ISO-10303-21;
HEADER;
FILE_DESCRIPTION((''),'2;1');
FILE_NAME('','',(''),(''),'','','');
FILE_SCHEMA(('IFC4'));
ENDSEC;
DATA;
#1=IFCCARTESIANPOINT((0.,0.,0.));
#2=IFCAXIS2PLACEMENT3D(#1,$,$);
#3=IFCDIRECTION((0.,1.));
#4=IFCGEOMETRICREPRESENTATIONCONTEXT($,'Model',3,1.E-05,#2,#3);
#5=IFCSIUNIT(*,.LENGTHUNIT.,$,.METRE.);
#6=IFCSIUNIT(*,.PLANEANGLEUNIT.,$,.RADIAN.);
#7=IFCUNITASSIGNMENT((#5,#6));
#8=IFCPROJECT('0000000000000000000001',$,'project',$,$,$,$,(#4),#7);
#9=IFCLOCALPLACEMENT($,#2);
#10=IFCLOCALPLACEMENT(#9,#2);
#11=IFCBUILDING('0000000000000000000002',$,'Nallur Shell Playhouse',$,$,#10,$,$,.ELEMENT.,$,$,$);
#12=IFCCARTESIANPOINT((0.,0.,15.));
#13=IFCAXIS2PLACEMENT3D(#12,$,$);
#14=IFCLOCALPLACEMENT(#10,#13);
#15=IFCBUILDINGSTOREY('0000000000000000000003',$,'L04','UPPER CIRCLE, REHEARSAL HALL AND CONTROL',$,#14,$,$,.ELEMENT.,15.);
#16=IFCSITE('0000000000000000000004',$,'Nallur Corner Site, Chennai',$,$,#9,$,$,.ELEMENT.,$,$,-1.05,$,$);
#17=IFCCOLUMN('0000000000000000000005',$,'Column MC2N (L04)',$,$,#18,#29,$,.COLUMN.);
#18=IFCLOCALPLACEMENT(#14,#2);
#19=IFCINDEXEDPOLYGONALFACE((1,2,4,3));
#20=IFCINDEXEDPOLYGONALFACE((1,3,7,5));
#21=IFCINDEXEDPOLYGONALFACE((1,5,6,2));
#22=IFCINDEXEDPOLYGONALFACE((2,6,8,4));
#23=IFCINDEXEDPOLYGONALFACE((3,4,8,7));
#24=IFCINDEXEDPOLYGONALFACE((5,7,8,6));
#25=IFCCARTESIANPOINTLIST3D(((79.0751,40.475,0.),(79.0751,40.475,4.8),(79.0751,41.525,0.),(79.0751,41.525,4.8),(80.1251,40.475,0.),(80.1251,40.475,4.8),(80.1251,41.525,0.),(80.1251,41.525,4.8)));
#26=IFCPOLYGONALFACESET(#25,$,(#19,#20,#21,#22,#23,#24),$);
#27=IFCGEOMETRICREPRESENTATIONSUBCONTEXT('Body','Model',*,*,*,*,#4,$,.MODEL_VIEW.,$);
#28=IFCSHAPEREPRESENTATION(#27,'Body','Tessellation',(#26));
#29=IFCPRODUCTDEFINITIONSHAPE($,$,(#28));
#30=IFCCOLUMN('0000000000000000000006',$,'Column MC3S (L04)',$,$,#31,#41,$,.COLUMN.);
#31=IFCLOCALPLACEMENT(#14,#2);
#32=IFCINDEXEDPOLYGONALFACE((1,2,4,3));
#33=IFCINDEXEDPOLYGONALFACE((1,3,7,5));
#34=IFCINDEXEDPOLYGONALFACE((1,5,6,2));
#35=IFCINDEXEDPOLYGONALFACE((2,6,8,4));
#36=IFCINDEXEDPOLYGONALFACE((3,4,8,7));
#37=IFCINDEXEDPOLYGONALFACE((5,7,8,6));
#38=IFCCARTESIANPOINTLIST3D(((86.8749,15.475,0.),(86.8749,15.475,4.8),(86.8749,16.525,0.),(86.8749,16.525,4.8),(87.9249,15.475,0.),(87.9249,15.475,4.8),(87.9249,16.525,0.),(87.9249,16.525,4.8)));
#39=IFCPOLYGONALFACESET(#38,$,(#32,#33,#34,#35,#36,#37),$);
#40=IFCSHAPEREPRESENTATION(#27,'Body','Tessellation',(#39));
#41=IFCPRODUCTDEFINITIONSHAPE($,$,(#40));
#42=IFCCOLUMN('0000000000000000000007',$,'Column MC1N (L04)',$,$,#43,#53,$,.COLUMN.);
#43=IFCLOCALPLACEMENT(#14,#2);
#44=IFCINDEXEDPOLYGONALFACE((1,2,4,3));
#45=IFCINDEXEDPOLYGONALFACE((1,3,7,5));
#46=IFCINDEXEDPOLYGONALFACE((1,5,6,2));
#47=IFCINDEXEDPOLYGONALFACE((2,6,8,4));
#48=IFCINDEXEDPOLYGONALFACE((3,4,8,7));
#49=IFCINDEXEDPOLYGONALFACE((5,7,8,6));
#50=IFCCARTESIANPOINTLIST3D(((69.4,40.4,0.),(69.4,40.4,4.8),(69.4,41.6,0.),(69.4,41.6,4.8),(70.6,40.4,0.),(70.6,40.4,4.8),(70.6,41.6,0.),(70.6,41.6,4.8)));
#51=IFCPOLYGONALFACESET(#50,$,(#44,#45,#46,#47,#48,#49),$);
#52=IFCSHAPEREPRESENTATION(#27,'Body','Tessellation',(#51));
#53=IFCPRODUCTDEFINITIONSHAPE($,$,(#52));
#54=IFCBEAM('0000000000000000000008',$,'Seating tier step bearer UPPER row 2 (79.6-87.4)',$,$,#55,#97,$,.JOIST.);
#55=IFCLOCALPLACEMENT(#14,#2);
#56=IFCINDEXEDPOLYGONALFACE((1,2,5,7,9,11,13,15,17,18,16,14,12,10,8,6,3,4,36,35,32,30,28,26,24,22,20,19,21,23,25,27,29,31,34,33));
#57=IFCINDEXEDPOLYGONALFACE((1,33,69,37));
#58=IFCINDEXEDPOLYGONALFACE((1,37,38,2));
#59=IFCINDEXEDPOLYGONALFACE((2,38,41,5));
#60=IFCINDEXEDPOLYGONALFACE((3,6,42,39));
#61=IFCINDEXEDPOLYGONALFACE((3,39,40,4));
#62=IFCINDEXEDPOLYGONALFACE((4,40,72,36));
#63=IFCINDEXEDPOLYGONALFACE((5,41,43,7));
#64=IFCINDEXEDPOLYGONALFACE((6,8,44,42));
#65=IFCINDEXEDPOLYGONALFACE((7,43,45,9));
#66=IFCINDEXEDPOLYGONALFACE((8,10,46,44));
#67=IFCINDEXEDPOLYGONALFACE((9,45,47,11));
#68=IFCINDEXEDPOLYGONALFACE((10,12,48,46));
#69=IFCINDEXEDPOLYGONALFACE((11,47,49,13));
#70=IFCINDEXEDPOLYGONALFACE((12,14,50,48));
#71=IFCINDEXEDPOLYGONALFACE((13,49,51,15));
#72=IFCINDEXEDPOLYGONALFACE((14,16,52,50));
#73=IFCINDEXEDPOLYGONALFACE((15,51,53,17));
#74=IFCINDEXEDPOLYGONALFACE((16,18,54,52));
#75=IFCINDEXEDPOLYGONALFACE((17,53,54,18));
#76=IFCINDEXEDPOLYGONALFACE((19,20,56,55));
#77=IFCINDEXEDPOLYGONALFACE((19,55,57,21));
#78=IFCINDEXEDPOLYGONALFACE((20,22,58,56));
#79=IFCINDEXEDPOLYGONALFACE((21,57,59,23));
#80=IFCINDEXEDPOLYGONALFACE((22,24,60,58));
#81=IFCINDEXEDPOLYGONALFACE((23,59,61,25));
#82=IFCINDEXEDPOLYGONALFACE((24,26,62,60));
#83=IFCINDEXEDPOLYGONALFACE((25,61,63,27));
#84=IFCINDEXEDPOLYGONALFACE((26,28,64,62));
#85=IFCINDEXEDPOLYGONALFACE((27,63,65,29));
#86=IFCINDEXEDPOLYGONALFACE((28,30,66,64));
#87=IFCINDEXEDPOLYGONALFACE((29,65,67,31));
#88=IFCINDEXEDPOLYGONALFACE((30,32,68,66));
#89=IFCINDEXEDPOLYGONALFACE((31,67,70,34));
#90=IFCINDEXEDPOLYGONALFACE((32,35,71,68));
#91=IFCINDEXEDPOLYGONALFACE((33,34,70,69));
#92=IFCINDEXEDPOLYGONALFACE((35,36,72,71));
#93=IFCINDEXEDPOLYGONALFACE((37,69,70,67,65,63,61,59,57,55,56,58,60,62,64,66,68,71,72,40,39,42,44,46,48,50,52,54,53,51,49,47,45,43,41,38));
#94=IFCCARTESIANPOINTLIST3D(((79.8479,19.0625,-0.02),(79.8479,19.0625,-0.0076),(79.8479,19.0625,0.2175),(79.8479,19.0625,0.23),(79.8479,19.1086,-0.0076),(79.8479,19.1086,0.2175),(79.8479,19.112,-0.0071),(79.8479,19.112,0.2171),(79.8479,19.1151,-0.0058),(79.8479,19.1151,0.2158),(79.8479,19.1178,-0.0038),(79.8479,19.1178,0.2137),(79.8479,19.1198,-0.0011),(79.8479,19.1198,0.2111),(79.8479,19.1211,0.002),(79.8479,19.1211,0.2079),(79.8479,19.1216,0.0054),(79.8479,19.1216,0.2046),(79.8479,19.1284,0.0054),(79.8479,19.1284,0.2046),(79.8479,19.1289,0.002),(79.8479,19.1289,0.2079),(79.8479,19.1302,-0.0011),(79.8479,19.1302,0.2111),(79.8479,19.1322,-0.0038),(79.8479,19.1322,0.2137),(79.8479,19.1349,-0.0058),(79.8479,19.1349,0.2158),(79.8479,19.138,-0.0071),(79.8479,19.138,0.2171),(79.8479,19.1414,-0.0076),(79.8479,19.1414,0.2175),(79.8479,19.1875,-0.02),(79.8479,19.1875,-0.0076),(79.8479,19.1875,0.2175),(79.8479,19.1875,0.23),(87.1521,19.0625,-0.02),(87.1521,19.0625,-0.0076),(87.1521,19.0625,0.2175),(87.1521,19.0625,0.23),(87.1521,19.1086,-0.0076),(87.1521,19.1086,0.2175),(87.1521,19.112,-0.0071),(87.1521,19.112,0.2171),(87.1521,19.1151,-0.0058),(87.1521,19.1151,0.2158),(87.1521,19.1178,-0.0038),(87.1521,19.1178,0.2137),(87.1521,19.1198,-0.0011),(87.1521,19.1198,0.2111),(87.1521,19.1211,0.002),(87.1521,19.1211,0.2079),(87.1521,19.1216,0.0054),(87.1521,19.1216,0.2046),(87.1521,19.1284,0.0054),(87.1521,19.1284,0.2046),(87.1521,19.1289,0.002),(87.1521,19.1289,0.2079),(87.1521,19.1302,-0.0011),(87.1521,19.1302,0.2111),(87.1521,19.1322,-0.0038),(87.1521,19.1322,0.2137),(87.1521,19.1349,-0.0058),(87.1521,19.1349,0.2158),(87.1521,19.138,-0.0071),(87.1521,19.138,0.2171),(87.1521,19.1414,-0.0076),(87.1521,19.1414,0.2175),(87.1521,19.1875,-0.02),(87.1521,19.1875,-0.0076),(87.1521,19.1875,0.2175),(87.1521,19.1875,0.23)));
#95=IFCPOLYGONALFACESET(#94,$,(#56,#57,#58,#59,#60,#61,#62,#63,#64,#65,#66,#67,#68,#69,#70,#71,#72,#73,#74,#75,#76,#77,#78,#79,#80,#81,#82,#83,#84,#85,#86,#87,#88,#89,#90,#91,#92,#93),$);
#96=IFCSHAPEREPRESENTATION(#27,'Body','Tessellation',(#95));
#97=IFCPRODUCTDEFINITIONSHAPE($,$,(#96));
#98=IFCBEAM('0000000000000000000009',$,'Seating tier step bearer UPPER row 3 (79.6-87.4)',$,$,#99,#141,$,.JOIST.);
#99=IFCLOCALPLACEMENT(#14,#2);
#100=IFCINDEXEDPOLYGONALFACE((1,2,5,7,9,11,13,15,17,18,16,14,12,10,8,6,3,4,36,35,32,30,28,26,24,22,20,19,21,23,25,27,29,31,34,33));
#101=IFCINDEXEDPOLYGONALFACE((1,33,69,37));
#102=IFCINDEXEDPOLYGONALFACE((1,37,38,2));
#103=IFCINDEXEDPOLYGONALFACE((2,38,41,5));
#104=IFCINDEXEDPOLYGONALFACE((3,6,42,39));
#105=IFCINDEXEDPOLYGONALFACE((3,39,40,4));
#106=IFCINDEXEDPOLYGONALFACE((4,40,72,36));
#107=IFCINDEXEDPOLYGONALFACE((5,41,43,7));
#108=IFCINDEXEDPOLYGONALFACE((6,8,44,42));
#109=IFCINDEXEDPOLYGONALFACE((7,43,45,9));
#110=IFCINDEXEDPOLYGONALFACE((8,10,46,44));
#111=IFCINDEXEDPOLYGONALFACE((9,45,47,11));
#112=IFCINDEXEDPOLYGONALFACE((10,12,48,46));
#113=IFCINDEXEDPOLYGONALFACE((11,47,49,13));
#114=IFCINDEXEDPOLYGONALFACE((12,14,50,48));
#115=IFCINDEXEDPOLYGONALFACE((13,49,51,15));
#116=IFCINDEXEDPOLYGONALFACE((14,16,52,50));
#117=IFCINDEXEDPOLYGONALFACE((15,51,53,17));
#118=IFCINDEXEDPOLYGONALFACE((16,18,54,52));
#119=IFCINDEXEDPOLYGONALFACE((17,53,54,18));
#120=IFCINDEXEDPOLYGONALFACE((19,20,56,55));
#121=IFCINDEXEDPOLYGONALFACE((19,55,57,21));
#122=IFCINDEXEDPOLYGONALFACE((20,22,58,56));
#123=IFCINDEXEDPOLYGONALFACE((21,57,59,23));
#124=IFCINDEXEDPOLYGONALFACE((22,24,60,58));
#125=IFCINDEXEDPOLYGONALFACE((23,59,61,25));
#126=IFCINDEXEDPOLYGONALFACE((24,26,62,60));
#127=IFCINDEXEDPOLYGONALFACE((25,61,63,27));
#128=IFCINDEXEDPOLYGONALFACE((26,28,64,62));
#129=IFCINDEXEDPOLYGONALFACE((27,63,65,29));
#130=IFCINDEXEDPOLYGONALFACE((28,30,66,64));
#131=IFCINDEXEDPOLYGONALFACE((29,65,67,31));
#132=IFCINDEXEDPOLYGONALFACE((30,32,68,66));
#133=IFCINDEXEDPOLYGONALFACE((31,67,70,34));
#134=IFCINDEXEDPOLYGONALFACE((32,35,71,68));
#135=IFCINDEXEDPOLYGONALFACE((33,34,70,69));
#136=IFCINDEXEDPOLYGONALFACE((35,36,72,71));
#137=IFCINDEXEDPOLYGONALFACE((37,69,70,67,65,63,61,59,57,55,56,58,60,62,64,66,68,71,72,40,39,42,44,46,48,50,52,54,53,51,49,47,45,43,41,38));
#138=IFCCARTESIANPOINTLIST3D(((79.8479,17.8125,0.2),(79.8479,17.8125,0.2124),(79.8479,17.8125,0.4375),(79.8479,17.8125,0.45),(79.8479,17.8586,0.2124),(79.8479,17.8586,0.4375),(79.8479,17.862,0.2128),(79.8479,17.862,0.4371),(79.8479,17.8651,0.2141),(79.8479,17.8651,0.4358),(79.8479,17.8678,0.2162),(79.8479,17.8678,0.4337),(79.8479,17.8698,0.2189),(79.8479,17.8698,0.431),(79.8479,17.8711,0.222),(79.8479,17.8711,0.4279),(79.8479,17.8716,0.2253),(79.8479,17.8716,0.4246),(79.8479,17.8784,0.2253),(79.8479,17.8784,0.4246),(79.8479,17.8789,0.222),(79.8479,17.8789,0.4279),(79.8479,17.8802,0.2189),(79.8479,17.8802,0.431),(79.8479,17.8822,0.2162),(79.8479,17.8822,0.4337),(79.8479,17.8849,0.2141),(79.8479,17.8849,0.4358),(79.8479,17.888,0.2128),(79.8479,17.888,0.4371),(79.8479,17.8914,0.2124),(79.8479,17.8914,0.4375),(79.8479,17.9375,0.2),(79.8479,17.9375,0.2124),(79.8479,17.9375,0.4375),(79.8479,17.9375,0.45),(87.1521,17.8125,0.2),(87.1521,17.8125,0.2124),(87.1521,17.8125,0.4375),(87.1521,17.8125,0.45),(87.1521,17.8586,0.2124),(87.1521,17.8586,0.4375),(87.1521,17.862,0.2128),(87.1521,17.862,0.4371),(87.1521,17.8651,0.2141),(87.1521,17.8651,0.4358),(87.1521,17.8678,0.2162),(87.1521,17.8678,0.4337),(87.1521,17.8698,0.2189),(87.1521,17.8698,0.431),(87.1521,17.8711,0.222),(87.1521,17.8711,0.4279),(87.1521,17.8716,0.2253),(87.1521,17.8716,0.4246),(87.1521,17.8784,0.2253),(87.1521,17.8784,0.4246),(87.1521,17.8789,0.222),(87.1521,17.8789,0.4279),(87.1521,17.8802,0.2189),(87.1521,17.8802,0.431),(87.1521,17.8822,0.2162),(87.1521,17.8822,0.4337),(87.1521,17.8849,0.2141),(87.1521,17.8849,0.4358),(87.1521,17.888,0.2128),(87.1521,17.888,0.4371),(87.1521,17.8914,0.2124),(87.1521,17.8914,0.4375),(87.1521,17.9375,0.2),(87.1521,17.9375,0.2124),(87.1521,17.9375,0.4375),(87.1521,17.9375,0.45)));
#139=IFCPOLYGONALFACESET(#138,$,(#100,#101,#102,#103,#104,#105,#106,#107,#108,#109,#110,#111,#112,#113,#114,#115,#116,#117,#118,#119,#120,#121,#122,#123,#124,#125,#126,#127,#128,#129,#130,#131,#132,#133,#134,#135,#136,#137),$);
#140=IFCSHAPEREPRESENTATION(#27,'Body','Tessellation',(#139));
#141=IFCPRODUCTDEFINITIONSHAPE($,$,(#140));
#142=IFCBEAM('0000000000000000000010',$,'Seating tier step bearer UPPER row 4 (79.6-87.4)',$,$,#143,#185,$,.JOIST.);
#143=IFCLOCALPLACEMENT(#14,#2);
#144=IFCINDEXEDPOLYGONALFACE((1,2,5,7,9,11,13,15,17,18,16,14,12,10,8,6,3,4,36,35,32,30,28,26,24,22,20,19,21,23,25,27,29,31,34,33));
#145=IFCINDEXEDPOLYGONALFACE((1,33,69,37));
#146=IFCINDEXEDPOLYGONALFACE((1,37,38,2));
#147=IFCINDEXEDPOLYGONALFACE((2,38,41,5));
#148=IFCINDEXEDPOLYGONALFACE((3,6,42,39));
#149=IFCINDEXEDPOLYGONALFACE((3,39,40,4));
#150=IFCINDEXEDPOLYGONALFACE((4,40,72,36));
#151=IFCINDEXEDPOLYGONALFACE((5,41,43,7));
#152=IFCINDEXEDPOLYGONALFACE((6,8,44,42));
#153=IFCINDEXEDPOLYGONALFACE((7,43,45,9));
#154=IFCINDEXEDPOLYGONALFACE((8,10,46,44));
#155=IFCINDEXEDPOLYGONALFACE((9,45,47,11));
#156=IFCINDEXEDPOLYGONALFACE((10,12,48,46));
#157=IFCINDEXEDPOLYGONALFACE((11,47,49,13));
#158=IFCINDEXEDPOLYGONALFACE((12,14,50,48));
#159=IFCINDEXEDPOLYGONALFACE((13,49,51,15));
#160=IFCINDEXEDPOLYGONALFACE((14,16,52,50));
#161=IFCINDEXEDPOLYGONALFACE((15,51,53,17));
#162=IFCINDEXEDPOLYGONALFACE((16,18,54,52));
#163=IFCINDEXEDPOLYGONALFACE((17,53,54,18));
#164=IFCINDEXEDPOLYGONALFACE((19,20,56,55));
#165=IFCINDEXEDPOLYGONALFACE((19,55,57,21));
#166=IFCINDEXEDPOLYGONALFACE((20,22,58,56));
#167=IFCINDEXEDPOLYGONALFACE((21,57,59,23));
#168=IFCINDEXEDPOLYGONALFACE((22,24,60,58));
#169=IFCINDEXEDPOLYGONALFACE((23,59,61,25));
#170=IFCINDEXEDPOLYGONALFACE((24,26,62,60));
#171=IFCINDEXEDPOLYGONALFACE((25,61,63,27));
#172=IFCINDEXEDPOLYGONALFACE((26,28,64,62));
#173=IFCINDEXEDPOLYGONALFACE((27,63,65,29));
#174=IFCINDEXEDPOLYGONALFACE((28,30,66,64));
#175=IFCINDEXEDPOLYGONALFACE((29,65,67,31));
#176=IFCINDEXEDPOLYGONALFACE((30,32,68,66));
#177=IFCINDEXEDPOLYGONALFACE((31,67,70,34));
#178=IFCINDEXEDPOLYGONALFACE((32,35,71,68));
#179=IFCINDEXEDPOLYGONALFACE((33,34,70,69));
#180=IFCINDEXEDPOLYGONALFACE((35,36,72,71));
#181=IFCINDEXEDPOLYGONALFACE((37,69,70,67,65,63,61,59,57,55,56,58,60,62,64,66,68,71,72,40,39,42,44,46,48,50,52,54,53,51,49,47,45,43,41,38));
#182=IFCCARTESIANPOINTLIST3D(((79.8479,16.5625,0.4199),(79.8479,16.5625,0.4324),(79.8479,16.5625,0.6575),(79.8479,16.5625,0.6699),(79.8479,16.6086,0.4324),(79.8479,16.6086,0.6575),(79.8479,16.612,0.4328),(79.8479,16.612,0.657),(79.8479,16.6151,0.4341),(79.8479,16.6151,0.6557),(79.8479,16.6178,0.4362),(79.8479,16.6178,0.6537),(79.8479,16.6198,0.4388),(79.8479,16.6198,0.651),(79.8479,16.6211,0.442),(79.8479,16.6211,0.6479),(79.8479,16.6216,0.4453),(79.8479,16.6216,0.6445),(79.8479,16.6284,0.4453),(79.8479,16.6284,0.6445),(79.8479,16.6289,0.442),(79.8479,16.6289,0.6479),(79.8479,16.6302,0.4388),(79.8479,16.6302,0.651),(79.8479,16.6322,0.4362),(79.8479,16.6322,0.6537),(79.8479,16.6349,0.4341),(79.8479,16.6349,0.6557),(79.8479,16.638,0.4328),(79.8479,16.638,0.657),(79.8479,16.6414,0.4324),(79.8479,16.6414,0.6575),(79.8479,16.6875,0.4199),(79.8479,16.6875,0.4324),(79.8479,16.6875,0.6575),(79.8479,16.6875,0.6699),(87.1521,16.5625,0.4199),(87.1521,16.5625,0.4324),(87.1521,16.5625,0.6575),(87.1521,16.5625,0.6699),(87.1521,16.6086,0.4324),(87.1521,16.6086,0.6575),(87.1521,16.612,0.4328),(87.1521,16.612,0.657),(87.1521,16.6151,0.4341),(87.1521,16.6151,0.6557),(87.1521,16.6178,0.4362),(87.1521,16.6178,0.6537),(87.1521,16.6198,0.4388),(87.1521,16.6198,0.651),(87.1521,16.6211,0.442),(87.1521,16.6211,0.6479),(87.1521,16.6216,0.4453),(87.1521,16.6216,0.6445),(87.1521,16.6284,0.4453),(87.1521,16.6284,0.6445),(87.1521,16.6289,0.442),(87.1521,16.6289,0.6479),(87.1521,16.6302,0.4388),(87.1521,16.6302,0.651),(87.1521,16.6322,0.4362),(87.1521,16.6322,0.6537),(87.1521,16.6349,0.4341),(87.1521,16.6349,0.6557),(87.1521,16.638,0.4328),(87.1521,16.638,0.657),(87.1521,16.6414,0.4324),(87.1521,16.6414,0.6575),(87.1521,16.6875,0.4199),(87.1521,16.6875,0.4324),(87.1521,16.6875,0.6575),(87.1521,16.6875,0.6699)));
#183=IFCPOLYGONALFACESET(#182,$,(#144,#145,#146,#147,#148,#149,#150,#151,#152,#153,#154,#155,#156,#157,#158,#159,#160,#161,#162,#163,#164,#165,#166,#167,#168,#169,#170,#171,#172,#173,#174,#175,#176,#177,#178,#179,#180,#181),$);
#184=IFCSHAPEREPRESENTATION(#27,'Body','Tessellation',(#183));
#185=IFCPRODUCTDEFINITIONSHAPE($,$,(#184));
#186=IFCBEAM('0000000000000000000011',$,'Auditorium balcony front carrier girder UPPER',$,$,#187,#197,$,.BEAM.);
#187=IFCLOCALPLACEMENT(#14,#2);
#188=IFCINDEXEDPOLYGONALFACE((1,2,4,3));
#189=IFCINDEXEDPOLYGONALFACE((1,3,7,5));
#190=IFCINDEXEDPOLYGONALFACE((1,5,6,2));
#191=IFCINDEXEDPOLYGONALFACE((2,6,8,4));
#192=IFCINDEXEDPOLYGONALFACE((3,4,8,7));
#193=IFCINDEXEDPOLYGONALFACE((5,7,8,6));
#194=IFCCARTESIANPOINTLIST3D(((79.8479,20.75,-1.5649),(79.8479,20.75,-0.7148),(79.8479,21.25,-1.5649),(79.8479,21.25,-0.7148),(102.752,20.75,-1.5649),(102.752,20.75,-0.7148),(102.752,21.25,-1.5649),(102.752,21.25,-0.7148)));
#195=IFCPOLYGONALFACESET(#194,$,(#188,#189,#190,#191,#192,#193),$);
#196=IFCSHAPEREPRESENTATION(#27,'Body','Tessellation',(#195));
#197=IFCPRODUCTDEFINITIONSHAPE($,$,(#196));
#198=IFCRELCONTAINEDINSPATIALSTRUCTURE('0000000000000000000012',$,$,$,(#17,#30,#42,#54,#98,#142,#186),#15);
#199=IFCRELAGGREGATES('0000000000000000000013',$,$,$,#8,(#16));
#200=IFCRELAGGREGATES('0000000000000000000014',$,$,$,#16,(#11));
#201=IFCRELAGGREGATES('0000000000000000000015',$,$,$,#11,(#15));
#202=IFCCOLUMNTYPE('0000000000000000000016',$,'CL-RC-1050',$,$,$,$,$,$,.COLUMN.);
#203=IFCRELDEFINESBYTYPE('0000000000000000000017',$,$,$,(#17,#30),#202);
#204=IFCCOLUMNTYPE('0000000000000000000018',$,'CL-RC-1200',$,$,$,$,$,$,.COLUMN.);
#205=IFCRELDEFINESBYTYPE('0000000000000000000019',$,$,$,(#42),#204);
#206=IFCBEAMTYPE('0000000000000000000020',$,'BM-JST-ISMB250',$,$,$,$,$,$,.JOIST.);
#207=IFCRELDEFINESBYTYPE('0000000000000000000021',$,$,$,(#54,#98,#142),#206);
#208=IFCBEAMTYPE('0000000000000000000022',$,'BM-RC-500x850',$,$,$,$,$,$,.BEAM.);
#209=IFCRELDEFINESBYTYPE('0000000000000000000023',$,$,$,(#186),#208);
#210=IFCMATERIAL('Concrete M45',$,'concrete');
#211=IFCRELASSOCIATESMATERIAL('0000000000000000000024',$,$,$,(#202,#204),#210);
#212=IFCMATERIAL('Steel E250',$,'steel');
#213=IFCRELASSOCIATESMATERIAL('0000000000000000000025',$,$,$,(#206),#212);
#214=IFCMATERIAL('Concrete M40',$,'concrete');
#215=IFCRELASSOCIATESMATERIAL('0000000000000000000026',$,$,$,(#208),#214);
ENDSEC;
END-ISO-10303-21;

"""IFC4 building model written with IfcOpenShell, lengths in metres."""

from ifc_helpers import new_model, si_unit, direction, frame, origin, origin_2d, place, context, subcontext, project, spatial, rectangle, i_section, extrude, material, material_profile, profile_set, type_object, element, save


model = new_model("IFC4")

# Units and contexts
model_context = context("Model", 3, precision=1e-05, world=origin(), true_north=direction((0.0, 1.0)))
body_context = subcontext(model_context, "Body", "Model", "MODEL_VIEW")
ifc_project = project(units=[si_unit("LENGTHUNIT", "METRE"), si_unit("PLANEANGLEUNIT", "RADIAN")], contexts=[model_context])

# Site, building, storey
site_placement = place(None, origin())
site = spatial("IfcSite", under=ifc_project, at=site_placement, Name="Nallur Corner Site, Chennai", CompositionType="ELEMENT", RefElevation=-1.05)
building_placement = place(site_placement, origin())
building = spatial("IfcBuilding", under=site, at=building_placement, Name="Nallur Shell Playhouse", CompositionType="ELEMENT")
storey_placement = place(building_placement, frame((0.0, 0.0, 15.0)))
storey = spatial("IfcBuildingStorey", under=building, at=storey_placement, Name="L04", Description="UPPER CIRCLE, REHEARSAL HALL AND CONTROL", CompositionType="ELEMENT", Elevation=15.0)

# Columns
ifc_material_1 = material(Name="Concrete M45", Category="concrete")
ifc_material_profile_1 = material_profile(ifc_material_1, rectangle(XDim=1.05, YDim=1.05, at=origin_2d()), Name="RC 1050x1050")
ifc_profile_set_1 = profile_set([ifc_material_profile_1], Name="Concrete M45")
column_type_1 = type_object("IfcColumnType", Name="CL-RC-1050", PredefinedType="COLUMN", material=ifc_profile_set_1)
for number, where, z_axis, x_axis, name in (
    (1, (79.6001, 41.0, 0.0), (0.0, 0.0, 1.0), (1.0, 0.0, 0.0), "Column MC2N (L04)"),
    (2, (87.3999, 16.0, 0.0), (0.0, 0.0, 1.0), (1.0, 0.0, 0.0), "Column MC3S (L04)"),
):
    element("IfcColumn", number, at=place(storey_placement, frame(where, z_axis=z_axis, x_axis=x_axis)), inside=storey, type_object=column_type_1, Name=name, PredefinedType="COLUMN", context=body_context, shape_type="SweptSolid", body=[
        extrude(rectangle(XDim=1.05, YDim=1.05, at=origin_2d()), origin(), (0.0, 0.0, 1.0), 4.8),
    ])
ifc_material_profile_2 = material_profile(ifc_material_1, rectangle(XDim=1.2, YDim=1.2, at=origin_2d()), Name="RC 1200x1200")
ifc_profile_set_2 = profile_set([ifc_material_profile_2], Name="Concrete M45")
column_type_2 = type_object("IfcColumnType", Name="CL-RC-1200", PredefinedType="COLUMN", material=ifc_profile_set_2)
column_placement = place(storey_placement, frame((70.0, 41.0, 0.0), z_axis=(0.0, 0.0, 1.0), x_axis=(1.0, 0.0, 0.0)))
element("IfcColumn", 3, at=column_placement, inside=storey, type_object=column_type_2, Name="Column MC1N (L04)", PredefinedType="COLUMN", context=body_context, shape_type="SweptSolid", body=[
    extrude(rectangle(XDim=1.2, YDim=1.2, at=origin_2d()), origin(), (0.0, 0.0, 1.0), 4.8),
])

# Beams
ifc_material_2 = material(Name="Steel E250", Category="steel")
ifc_material_profile_3 = material_profile(ifc_material_2, i_section(OverallWidth=0.125, OverallDepth=0.25, WebThickness=0.0068, FlangeThickness=0.0125, FilletRadius=0.0129, at=origin_2d()), Name="ISMB 250")
ifc_profile_set_3 = profile_set([ifc_material_profile_3], Name="Steel E250")
beam_type_1 = type_object("IfcBeamType", Name="BM-JST-ISMB250", PredefinedType="JOIST", material=ifc_profile_set_3)
for number, where, z_axis, x_axis, name in (
    (4, (79.8479, 19.125, 0.105), (1.0, 0.0, 0.0), (0.0, 1.0, 0.0), "Seating tier step bearer UPPER row 2 (79.6-87.4)"),
    (5, (79.8479, 17.875, 0.325), (1.0, 0.0, 0.0), (0.0, 1.0, 0.0), "Seating tier step bearer UPPER row 3 (79.6-87.4)"),
    (6, (79.8479, 16.625, 0.5449), (1.0, 0.0, 0.0), (0.0, 1.0, 0.0), "Seating tier step bearer UPPER row 4 (79.6-87.4)"),
):
    element("IfcBeam", number, at=place(storey_placement, frame(where, z_axis=z_axis, x_axis=x_axis)), inside=storey, type_object=beam_type_1, Name=name, PredefinedType="JOIST", context=body_context, shape_type="SweptSolid", body=[
        extrude(i_section(OverallWidth=0.125, OverallDepth=0.25, WebThickness=0.0068, FlangeThickness=0.0125, FilletRadius=0.0129, at=origin_2d()), origin(), (0.0, 0.0, 1.0), 7.3042),
    ])
ifc_material_3 = material(Name="Concrete M40", Category="concrete")
ifc_material_profile_4 = material_profile(ifc_material_3, rectangle(XDim=0.5, YDim=0.8501, at=origin_2d()), Name="RC 500x850")
ifc_profile_set_4 = profile_set([ifc_material_profile_4], Name="Concrete M40")
beam_type_2 = type_object("IfcBeamType", Name="BM-RC-500x850", PredefinedType="BEAM", material=ifc_profile_set_4)
beam_1_placement = place(storey_placement, frame((79.8479, 21.0, -1.1399), z_axis=(1.0, 0.0, 0.0), x_axis=(0.0, 1.0, 0.0)))
element("IfcBeam", 7, at=beam_1_placement, inside=storey, type_object=beam_type_2, Name="Auditorium balcony front carrier girder UPPER", PredefinedType="BEAM", context=body_context, shape_type="SweptSolid", body=[
    extrude(rectangle(XDim=0.5, YDim=0.8501, at=origin_2d()), origin(), (0.0, 0.0, 1.0), 22.9041),
])

save(model, "model.ifc")
